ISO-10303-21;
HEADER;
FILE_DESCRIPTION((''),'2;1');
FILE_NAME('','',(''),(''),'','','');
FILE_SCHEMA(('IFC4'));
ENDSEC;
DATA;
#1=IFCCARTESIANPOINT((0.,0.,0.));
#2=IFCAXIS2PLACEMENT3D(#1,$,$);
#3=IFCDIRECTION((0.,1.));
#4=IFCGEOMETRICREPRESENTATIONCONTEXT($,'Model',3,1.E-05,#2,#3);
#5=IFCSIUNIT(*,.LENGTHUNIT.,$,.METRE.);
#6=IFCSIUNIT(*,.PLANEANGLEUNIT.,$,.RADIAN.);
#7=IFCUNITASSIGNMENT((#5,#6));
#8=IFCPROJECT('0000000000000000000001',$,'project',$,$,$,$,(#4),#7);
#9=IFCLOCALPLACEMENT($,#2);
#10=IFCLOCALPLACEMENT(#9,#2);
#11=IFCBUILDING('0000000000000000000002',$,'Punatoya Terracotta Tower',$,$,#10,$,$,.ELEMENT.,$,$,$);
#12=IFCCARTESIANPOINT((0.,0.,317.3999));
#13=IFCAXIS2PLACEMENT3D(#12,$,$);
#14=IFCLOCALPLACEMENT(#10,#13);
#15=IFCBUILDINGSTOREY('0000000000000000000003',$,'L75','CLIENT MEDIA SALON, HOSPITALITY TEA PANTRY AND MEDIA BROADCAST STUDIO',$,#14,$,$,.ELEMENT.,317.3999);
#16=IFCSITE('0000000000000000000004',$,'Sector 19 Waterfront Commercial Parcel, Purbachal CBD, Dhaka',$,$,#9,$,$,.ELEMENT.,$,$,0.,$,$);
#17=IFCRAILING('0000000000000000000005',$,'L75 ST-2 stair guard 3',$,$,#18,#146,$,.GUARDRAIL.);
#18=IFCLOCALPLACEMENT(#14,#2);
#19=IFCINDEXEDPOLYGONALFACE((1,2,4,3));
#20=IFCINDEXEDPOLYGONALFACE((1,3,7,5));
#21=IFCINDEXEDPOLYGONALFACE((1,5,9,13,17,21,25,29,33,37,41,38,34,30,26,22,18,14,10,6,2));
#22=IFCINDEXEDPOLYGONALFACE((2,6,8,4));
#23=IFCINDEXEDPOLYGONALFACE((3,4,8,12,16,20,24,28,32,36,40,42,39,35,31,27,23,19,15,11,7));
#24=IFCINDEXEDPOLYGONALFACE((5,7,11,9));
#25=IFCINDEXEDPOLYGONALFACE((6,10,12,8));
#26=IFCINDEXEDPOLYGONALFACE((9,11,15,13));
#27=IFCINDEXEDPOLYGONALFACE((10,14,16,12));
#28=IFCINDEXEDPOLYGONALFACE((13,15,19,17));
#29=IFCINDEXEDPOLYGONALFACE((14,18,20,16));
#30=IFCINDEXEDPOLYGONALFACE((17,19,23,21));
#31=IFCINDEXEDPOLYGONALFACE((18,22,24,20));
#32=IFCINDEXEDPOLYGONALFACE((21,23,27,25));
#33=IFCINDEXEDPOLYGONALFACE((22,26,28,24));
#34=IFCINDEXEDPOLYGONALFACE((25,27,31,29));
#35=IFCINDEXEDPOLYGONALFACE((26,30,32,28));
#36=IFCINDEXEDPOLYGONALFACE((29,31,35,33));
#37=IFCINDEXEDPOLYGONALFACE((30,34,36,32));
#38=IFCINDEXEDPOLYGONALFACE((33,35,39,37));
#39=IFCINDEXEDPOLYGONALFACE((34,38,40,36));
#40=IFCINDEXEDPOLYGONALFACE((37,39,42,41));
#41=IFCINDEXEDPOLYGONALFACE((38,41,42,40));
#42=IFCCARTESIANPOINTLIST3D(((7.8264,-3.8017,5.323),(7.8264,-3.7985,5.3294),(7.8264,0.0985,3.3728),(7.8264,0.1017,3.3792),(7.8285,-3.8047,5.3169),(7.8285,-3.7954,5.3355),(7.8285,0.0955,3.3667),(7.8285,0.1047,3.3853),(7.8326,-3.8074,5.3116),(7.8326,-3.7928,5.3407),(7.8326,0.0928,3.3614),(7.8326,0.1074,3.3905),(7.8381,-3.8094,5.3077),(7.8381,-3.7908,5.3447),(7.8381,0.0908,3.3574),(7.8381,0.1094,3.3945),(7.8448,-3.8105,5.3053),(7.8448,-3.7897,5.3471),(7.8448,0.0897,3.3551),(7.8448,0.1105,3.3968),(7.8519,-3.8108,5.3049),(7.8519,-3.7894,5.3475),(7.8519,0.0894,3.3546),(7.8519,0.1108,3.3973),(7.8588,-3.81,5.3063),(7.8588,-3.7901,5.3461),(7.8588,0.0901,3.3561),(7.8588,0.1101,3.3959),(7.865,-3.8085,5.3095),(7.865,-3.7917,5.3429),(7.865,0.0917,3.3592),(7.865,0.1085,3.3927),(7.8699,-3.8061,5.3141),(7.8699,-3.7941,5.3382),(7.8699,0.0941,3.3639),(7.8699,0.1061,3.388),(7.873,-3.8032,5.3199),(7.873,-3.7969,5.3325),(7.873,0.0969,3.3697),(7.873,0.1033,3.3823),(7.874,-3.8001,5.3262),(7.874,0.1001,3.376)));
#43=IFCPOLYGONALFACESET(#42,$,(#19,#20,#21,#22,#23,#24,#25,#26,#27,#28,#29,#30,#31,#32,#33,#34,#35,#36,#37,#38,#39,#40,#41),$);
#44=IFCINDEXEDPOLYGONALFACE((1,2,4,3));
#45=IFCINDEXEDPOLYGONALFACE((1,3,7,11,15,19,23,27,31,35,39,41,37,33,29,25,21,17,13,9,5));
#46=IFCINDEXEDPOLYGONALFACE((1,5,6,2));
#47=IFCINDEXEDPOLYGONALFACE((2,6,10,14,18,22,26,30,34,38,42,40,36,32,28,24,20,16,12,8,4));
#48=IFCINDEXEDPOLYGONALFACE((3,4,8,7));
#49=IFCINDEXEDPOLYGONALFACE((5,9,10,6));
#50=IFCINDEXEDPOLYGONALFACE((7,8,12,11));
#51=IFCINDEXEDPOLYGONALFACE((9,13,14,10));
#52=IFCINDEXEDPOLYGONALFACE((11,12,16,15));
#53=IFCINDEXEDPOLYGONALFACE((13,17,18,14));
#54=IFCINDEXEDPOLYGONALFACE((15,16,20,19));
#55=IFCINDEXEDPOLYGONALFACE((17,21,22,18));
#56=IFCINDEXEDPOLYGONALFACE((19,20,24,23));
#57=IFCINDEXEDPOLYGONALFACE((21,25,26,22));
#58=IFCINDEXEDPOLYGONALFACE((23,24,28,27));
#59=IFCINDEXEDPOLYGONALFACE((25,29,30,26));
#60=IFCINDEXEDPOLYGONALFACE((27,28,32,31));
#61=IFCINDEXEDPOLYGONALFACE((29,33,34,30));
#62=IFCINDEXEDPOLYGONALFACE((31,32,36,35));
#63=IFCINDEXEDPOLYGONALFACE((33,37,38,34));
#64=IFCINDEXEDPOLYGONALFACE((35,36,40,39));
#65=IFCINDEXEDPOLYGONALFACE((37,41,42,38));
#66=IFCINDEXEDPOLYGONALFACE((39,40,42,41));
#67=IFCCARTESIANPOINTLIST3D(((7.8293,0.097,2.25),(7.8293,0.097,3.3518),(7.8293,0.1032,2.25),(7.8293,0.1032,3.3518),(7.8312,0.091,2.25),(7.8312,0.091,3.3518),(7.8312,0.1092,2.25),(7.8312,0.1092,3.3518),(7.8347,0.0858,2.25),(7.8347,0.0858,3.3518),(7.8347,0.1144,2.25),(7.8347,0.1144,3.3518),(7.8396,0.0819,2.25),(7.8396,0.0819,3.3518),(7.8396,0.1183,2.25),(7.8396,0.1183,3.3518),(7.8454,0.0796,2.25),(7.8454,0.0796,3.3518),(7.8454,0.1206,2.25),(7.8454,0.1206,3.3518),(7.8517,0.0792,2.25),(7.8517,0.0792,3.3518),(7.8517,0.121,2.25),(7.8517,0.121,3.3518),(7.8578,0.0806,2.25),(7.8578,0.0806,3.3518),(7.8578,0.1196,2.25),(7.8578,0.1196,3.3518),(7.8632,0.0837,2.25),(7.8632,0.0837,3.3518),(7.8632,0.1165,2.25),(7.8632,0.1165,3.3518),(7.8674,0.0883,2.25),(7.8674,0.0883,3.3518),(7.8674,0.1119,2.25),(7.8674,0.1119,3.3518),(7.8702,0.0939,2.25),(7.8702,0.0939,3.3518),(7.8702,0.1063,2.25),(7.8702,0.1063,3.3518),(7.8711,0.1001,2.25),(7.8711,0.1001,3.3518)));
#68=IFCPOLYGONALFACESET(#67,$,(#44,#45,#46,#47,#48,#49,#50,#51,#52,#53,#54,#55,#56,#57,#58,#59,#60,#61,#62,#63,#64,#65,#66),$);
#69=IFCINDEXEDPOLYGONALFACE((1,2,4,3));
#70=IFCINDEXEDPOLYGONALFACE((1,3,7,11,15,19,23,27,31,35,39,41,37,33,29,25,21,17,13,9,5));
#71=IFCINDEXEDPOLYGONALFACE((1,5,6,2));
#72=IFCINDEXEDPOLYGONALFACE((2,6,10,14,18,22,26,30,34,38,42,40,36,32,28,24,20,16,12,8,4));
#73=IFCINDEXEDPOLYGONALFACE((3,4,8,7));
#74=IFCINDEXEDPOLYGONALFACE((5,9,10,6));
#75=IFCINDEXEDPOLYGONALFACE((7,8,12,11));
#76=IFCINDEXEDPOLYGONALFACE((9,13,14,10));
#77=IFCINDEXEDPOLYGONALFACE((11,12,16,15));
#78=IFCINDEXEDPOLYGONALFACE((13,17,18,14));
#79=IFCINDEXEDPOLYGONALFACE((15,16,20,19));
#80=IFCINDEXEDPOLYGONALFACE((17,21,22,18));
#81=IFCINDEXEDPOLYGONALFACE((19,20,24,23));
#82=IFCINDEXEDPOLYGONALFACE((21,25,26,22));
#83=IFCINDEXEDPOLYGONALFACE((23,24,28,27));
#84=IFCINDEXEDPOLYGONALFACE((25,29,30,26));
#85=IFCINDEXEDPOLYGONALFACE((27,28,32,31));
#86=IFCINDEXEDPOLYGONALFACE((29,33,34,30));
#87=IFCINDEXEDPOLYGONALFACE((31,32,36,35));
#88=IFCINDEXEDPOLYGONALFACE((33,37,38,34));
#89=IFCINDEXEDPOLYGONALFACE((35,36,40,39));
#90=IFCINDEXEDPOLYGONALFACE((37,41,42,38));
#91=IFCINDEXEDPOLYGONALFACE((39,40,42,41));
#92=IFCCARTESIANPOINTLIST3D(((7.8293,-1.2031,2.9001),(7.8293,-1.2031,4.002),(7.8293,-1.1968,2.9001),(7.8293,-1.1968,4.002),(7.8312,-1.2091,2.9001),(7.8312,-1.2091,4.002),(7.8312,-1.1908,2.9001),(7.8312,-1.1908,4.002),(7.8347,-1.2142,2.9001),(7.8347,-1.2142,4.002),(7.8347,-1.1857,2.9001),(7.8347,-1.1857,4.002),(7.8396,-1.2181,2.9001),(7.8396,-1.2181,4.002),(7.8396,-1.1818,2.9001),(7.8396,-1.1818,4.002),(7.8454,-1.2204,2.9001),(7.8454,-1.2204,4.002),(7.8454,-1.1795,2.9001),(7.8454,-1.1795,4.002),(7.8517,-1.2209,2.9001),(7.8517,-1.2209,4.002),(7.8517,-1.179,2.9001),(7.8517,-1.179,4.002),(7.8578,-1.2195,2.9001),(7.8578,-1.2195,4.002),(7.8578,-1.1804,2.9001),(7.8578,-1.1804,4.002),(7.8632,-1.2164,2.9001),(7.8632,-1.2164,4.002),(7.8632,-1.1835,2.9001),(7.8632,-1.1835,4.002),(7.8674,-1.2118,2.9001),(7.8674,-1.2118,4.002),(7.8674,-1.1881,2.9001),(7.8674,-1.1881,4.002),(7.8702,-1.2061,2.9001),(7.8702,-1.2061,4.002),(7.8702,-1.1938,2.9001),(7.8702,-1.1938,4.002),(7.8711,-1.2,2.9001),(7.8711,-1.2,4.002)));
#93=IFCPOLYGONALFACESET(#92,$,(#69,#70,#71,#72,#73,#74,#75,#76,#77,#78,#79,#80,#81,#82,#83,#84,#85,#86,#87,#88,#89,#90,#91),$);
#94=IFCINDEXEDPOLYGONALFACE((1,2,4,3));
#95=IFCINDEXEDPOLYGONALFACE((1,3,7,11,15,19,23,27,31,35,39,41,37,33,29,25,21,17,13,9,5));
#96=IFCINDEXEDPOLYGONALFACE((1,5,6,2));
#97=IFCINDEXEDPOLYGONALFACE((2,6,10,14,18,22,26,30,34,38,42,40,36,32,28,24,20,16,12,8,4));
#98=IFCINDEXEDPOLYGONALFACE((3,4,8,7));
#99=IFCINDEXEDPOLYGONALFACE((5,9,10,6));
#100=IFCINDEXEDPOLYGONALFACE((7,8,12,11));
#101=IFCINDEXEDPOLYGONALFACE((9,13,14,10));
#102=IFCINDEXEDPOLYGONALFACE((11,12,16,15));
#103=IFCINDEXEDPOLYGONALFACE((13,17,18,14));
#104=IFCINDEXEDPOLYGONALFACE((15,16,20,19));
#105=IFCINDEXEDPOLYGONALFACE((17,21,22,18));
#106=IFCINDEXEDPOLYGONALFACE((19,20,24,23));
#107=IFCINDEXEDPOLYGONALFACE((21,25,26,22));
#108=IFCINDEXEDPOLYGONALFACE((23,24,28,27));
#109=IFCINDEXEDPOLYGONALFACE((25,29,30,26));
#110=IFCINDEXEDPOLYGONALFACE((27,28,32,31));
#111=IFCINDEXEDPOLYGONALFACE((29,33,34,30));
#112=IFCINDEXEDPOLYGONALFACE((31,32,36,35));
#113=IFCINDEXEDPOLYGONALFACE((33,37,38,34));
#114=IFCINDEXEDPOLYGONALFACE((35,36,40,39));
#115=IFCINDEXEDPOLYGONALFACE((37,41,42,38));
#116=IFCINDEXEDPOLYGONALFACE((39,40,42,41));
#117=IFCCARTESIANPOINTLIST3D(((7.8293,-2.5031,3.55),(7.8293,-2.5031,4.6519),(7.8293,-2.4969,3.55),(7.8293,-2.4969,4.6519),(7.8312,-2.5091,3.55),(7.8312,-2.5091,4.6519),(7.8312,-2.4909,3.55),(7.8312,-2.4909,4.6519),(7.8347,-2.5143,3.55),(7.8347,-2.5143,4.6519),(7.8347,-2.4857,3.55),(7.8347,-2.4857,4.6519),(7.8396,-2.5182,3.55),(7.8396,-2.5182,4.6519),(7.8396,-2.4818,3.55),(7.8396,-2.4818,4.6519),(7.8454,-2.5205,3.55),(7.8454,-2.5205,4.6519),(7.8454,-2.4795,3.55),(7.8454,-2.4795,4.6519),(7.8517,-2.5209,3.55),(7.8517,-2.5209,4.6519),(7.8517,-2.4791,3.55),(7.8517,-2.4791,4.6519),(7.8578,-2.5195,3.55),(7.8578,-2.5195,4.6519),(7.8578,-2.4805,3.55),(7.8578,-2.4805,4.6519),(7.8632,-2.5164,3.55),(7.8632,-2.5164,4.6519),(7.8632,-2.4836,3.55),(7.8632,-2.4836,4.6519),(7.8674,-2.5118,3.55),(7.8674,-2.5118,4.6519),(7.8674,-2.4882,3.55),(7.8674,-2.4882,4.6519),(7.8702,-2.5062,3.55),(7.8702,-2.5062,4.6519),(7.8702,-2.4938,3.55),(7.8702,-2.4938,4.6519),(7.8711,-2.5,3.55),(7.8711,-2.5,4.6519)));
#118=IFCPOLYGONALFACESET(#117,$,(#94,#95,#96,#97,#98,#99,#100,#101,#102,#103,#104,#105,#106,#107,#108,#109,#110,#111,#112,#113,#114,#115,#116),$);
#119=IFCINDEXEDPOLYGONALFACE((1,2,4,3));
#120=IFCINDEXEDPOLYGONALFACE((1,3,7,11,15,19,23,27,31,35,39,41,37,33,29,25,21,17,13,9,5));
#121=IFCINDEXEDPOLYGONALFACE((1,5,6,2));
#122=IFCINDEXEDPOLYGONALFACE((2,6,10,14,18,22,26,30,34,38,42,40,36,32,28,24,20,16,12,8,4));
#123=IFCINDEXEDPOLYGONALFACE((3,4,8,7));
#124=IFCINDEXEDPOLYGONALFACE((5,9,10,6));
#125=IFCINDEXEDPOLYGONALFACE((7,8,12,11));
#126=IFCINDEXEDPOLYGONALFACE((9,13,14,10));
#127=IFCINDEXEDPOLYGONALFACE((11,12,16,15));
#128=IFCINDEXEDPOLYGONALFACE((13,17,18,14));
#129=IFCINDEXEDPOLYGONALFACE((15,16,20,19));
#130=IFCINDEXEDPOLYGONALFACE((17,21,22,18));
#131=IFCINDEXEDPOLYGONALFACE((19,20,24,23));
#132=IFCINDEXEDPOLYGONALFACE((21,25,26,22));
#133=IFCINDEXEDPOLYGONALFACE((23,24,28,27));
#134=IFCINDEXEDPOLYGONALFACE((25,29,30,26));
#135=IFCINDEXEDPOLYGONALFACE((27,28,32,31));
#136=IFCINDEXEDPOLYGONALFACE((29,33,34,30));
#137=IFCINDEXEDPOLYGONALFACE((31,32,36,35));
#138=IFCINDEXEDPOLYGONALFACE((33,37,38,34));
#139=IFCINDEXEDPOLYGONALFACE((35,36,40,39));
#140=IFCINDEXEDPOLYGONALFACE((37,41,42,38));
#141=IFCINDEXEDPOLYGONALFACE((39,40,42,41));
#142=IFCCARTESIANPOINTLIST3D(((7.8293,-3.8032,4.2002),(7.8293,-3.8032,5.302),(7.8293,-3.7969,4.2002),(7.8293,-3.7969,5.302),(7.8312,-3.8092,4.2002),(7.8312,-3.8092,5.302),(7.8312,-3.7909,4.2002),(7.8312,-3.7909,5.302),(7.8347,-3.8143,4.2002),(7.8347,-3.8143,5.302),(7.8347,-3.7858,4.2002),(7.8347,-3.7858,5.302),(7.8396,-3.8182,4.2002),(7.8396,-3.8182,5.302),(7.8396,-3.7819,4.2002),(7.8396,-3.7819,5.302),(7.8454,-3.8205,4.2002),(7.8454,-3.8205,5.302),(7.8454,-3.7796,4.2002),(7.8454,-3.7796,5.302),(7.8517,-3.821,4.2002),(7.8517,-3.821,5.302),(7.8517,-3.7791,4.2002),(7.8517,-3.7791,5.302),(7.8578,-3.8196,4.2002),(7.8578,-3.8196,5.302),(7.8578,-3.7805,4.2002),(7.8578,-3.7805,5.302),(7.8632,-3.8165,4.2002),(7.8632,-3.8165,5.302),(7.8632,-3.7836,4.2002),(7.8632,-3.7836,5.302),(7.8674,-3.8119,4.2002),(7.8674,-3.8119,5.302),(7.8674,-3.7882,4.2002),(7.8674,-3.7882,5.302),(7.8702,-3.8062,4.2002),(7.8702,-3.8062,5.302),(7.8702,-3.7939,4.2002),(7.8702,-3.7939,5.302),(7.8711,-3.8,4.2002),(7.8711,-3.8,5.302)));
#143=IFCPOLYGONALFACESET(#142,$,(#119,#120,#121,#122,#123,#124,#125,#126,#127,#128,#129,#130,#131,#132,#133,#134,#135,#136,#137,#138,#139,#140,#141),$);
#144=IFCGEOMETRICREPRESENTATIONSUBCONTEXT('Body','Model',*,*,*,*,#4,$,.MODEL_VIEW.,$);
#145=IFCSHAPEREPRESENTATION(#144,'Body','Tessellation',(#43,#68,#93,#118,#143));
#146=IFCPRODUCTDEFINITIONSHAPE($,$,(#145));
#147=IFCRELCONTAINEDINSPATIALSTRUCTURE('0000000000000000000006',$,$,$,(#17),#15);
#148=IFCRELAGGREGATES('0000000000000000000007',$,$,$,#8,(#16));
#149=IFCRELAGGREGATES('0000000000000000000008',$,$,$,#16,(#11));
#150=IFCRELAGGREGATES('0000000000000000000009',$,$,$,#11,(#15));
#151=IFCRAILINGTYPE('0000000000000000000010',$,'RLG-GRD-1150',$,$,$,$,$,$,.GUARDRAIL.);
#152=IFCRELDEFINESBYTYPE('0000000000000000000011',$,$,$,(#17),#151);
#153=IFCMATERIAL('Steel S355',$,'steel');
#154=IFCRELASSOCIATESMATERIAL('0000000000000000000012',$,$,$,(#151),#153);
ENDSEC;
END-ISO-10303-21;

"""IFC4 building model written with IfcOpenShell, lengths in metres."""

from ifc_helpers import new_model, si_unit, direction, frame, origin, origin_2d, place, context, subcontext, project, spatial, circle, extrude, material, type_object, element, save


model = new_model("IFC4")

# Units and contexts
model_context = context("Model", 3, precision=1e-05, world=origin(), true_north=direction((0.0, 1.0)))
body_context = subcontext(model_context, "Body", "Model", "MODEL_VIEW")
ifc_project = project(units=[si_unit("LENGTHUNIT", "METRE"), si_unit("PLANEANGLEUNIT", "RADIAN")], contexts=[model_context])

# Site, building, storey
site_placement = place(None, origin())
site = spatial("IfcSite", under=ifc_project, at=site_placement, Name="Sector 19 Waterfront Commercial Parcel, Purbachal CBD, Dhaka", CompositionType="ELEMENT", RefElevation=0.0)
building_placement = place(site_placement, origin())
building = spatial("IfcBuilding", under=site, at=building_placement, Name="Punatoya Terracotta Tower", CompositionType="ELEMENT")
storey_placement = place(building_placement, frame((0.0, 0.0, 317.3999)))
storey = spatial("IfcBuildingStorey", under=building, at=storey_placement, Name="L75", Description="CLIENT MEDIA SALON, HOSPITALITY TEA PANTRY AND MEDIA BROADCAST STUDIO", CompositionType="ELEMENT", Elevation=317.3999)

# Railing
ifc_material_1 = material(Name="Steel S355", Category="steel")
railing_type_1 = type_object("IfcRailingType", Name="RLG-GRD-1150", PredefinedType="GUARDRAIL", material=ifc_material_1)
railing_1_placement = place(storey_placement, frame((7.8501, 0.1001, 2.25)))
element("IfcRailing", 1, at=railing_1_placement, inside=storey, type_object=railing_type_1, Name="L75 ST-2 stair guard 3", PredefinedType="GUARDRAIL", context=body_context, shape_type="SweptSolid", body=[
    extrude(circle(Radius=0.0239, at=origin_2d()), frame((0.0, 0.0, 1.126), z_axis=(0.0, -0.894416, 0.447236), x_axis=(1.0, 0.0, 0.0)), (0.0, 0.0, 1.0), 4.3606),
    extrude(circle(Radius=0.021, at=origin_2d()), origin(), (0.0, 0.0, 1.0), 1.1018),
    extrude(circle(Radius=0.021, at=origin_2d()), frame((0.0, -1.3, 0.6501)), (0.0, 0.0, 1.0), 1.1018),
    extrude(circle(Radius=0.021, at=origin_2d()), frame((0.0, -2.6001, 1.3)), (0.0, 0.0, 1.0), 1.1018),
    extrude(circle(Radius=0.021, at=origin_2d()), frame((0.0, -3.9001, 1.9502)), (0.0, 0.0, 1.0), 1.1018),
])

save(model, "model.ifc")
